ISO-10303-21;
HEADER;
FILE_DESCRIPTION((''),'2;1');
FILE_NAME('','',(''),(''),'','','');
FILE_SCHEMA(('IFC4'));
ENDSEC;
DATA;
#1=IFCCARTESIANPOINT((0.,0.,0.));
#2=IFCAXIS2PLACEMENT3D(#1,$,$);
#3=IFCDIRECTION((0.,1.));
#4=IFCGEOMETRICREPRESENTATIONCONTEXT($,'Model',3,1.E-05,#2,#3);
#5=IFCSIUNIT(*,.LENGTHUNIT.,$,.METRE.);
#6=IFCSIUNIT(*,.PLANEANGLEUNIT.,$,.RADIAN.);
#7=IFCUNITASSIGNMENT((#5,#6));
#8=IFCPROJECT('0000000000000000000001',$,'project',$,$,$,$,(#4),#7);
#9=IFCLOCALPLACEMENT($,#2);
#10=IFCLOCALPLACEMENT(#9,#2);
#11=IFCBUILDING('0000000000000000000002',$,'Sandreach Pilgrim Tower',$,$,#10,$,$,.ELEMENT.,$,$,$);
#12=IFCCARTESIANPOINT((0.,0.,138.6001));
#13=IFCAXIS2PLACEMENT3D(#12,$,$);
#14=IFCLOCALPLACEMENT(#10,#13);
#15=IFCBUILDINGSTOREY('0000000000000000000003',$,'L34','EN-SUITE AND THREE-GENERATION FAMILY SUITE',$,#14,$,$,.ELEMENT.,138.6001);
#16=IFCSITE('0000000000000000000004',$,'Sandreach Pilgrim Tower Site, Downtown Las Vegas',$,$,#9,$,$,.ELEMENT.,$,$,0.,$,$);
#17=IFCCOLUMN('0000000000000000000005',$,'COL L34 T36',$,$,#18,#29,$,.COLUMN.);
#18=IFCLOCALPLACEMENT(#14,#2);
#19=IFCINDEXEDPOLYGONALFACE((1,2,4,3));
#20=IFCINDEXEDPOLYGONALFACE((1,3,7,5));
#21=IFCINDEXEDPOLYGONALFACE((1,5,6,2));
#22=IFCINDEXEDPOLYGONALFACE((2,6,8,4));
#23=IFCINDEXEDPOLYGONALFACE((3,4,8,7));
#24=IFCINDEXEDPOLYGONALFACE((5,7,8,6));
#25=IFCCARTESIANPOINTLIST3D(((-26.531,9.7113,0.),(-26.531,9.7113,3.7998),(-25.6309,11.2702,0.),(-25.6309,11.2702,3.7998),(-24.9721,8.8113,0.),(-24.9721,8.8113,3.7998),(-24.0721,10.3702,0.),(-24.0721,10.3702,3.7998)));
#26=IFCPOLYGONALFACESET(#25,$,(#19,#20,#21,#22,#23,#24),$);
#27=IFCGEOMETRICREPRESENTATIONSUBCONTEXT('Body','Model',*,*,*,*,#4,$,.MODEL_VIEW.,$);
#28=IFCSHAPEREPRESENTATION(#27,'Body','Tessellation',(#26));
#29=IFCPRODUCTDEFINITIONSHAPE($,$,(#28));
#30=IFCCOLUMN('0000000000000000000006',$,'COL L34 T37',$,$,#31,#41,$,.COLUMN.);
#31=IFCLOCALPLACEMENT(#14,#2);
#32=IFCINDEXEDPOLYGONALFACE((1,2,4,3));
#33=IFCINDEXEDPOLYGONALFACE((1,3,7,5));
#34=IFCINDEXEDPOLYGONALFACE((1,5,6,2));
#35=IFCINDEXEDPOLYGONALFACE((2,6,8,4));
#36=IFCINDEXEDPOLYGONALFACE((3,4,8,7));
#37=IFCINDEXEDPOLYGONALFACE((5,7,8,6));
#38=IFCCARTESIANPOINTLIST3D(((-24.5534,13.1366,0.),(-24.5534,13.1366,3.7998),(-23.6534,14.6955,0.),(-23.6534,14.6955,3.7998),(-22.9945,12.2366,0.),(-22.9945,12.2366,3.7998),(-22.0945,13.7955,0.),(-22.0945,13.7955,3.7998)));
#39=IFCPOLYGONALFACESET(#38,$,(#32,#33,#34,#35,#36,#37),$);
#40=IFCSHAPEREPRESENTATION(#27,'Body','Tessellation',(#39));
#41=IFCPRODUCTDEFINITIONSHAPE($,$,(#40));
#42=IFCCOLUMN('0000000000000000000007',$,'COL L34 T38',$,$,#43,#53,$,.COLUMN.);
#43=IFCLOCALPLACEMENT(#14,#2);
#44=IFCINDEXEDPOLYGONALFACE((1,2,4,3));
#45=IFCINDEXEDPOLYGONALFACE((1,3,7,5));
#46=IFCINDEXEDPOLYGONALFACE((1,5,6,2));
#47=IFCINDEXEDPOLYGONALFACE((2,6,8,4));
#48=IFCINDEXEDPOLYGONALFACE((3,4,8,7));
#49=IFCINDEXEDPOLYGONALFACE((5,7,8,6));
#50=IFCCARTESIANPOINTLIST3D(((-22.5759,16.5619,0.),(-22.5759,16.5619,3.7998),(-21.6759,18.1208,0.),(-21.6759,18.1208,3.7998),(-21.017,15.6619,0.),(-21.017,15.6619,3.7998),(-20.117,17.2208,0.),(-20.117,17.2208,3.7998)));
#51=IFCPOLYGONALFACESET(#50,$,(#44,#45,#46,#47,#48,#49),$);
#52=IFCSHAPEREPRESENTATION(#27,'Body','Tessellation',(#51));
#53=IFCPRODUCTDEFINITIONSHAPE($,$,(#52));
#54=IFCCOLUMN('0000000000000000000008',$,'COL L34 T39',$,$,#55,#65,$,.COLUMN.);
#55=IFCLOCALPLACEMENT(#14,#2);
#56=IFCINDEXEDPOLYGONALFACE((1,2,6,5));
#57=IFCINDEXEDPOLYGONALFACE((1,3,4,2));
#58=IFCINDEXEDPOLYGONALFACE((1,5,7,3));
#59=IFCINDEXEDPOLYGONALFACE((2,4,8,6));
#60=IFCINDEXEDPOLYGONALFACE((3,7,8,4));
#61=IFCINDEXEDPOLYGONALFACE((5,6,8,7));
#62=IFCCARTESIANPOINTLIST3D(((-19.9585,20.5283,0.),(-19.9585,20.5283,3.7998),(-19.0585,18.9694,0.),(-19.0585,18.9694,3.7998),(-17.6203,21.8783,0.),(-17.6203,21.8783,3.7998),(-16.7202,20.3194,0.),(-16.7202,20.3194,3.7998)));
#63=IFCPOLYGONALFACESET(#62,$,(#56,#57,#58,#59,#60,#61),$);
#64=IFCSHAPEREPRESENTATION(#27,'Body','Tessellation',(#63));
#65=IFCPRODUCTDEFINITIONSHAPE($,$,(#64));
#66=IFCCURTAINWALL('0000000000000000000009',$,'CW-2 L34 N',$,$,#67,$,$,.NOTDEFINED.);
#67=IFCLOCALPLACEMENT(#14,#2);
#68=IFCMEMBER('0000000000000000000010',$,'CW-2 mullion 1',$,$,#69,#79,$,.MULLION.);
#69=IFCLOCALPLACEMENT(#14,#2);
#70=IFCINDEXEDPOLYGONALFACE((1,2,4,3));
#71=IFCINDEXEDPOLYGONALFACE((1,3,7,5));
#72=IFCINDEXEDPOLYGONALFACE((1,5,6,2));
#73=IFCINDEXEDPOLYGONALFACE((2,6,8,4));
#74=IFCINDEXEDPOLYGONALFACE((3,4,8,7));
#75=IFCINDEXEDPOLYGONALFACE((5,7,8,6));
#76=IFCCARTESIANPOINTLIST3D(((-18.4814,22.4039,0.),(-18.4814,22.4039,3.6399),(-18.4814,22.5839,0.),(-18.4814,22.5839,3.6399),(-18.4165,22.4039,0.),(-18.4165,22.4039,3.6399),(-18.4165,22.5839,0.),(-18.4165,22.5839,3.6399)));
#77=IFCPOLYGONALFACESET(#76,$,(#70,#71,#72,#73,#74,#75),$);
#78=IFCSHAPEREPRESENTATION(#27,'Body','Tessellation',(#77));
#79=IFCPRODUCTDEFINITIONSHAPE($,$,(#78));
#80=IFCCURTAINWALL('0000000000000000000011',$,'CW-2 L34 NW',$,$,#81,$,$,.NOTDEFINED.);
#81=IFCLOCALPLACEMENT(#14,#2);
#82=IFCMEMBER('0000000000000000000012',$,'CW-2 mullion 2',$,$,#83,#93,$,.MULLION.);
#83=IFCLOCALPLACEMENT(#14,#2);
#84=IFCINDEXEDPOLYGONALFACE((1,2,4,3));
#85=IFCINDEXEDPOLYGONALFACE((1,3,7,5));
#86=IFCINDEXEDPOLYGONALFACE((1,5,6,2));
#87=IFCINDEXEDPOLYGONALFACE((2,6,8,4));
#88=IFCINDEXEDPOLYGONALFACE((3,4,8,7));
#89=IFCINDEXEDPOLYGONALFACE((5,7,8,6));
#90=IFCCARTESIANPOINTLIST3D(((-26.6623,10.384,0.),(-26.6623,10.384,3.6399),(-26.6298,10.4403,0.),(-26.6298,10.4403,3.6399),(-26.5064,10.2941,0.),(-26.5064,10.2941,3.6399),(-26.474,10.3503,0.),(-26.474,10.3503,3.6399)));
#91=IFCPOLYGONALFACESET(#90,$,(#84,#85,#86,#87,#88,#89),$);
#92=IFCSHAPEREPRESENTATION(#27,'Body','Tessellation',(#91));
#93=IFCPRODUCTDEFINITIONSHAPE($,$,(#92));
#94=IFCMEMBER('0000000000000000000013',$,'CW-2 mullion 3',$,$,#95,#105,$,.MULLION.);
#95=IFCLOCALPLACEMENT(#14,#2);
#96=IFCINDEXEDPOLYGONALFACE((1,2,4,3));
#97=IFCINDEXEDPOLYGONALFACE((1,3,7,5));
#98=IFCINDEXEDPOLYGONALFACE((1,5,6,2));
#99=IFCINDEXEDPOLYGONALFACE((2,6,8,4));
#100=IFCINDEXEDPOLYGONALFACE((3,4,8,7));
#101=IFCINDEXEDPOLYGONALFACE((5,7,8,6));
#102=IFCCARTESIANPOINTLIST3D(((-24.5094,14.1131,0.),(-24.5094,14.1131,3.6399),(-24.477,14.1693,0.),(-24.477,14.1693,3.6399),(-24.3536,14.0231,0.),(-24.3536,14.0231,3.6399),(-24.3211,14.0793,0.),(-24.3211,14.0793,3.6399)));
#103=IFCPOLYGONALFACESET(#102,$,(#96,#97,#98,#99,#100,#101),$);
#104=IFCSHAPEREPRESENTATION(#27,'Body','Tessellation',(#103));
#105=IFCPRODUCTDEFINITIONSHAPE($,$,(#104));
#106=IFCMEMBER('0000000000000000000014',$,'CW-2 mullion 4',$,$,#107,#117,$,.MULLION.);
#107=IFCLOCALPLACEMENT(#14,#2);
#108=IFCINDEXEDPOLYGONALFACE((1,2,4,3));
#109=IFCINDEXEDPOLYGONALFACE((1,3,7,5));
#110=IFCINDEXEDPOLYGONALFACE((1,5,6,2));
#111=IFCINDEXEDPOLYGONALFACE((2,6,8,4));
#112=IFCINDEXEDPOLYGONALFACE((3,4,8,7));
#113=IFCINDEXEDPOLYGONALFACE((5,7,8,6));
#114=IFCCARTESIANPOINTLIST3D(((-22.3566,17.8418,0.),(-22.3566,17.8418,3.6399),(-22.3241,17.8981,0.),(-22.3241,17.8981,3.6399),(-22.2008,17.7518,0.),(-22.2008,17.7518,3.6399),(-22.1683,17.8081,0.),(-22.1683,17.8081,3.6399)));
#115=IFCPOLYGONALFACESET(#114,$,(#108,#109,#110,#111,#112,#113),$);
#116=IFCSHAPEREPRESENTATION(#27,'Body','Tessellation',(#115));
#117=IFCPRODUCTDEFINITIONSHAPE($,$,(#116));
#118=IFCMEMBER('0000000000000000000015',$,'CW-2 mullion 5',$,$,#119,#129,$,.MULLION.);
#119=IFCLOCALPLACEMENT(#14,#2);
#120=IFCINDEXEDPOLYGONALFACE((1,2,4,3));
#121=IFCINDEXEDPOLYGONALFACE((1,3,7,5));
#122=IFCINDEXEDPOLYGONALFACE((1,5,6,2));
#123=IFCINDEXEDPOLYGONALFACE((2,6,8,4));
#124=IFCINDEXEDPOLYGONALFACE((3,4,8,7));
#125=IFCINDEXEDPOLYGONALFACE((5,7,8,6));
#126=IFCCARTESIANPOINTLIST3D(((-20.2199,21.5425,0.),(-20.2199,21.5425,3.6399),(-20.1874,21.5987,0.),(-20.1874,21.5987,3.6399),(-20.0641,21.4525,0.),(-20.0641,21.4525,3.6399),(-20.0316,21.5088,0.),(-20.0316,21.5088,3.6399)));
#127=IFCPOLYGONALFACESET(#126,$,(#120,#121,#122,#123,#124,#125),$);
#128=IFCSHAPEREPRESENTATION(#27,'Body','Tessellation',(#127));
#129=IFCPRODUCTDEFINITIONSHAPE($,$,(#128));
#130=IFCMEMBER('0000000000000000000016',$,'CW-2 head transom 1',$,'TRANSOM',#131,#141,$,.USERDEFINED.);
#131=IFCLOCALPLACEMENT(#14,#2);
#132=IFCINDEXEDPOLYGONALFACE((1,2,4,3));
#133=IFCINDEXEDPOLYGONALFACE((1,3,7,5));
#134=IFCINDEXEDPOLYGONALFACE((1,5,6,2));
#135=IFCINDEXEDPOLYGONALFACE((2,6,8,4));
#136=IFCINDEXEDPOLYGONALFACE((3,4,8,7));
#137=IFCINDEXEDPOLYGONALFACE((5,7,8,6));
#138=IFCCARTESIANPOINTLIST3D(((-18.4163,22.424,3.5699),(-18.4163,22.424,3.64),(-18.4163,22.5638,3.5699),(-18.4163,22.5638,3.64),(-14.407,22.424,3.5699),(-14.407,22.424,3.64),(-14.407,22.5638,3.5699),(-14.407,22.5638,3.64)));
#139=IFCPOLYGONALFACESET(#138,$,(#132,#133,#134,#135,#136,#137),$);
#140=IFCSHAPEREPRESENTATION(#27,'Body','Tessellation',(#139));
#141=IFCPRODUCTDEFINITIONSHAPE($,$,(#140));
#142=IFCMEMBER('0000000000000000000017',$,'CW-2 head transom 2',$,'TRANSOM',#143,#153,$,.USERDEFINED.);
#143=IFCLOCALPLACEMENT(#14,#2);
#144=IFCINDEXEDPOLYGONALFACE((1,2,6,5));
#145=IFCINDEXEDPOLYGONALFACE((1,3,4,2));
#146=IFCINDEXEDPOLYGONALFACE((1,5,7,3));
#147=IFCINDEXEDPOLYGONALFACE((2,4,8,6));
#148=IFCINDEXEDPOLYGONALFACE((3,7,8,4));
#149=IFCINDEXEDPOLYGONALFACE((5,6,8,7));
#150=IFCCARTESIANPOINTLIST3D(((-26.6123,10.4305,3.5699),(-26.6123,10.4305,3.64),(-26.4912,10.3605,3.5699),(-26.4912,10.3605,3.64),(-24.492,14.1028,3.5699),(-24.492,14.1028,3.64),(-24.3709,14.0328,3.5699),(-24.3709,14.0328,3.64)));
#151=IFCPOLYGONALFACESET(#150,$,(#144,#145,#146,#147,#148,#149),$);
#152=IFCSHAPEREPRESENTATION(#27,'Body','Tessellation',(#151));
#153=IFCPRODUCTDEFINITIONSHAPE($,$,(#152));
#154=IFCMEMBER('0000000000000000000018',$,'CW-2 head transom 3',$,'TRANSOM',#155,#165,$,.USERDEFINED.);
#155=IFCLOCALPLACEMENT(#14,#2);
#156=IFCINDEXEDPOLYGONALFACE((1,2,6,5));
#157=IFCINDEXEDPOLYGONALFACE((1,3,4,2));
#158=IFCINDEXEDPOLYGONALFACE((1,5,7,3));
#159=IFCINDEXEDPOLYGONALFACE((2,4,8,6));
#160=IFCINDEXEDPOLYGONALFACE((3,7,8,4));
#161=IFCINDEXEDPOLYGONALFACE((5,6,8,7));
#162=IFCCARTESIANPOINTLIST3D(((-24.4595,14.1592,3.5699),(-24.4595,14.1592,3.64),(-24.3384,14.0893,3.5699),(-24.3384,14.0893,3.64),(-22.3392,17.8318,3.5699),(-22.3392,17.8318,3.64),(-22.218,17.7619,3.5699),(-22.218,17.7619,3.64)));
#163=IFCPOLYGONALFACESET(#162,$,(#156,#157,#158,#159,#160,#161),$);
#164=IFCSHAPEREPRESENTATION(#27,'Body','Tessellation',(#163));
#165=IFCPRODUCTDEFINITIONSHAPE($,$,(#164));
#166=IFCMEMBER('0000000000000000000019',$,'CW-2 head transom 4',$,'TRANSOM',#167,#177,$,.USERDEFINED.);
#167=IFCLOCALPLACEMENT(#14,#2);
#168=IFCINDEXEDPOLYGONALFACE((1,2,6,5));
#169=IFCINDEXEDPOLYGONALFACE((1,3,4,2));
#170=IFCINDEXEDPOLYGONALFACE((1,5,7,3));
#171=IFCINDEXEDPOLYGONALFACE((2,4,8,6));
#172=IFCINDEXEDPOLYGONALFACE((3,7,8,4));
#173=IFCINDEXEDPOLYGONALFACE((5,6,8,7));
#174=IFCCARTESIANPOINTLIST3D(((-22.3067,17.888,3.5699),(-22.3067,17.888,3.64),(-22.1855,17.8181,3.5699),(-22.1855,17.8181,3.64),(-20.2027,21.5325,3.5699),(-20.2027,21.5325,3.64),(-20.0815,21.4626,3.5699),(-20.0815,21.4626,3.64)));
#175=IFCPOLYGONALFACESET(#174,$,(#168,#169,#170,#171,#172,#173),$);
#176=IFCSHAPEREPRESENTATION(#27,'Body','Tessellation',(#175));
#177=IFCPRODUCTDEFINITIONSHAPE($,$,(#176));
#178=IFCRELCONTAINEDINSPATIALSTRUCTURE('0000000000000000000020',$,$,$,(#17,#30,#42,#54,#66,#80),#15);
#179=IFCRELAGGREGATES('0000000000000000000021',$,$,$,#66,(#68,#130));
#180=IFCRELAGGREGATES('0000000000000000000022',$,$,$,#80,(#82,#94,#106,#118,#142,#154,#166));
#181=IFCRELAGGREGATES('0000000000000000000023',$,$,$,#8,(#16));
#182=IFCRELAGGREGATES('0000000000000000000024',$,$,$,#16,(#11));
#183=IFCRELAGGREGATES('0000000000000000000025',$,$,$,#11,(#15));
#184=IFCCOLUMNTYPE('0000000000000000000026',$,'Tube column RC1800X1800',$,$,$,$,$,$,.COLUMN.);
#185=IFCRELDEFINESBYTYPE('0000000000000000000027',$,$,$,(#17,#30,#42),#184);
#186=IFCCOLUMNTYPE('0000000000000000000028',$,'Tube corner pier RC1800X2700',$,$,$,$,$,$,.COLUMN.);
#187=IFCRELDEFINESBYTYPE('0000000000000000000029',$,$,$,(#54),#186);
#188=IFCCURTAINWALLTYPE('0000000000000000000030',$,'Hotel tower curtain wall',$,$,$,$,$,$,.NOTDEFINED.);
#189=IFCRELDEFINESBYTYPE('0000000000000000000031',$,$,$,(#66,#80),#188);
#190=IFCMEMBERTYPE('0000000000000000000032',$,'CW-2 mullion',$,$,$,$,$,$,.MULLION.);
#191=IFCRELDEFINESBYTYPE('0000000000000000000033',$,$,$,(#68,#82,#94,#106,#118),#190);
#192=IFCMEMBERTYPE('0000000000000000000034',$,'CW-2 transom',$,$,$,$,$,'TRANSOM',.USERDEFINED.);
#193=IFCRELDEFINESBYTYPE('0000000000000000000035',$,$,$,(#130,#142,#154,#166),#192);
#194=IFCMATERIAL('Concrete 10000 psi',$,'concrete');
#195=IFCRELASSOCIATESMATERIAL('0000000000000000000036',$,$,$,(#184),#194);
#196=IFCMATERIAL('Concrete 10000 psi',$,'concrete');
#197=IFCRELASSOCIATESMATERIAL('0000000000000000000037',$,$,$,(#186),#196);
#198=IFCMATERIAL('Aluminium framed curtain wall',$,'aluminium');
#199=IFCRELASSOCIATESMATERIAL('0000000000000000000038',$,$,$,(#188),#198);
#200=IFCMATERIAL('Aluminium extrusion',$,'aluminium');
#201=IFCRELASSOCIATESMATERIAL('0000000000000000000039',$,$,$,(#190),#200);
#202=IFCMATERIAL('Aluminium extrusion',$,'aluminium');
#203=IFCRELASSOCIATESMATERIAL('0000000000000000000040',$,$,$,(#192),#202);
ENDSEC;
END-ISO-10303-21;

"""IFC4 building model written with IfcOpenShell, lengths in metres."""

from ifc_helpers import new_model, si_unit, direction, frame, origin, origin_2d, place, context, subcontext, project, spatial, rectangle, extrude, material, material_profile, profile_set, type_object, element, aggregate, save


model = new_model("IFC4")

# Units and contexts
model_context = context("Model", 3, precision=1e-05, world=origin(), true_north=direction((0.0, 1.0)))
body_context = subcontext(model_context, "Body", "Model", "MODEL_VIEW")
ifc_project = project(units=[si_unit("LENGTHUNIT", "METRE"), si_unit("PLANEANGLEUNIT", "RADIAN")], contexts=[model_context])

# Site, building, storey
site_placement = place(None, origin())
site = spatial("IfcSite", under=ifc_project, at=site_placement, Name="Sandreach Pilgrim Tower Site, Downtown Las Vegas", CompositionType="ELEMENT", RefElevation=0.0)
building_placement = place(site_placement, origin())
building = spatial("IfcBuilding", under=site, at=building_placement, Name="Sandreach Pilgrim Tower", CompositionType="ELEMENT")
storey_placement = place(building_placement, frame((0.0, 0.0, 138.6001)))
storey = spatial("IfcBuildingStorey", under=building, at=storey_placement, Name="L34", Description="EN-SUITE AND THREE-GENERATION FAMILY SUITE", CompositionType="ELEMENT", Elevation=138.6001)

# Columns
ifc_material_1 = material(Name="Concrete 10000 psi", Category="concrete")
ifc_material_profile_1 = material_profile(ifc_material_1, rectangle(XDim=1.8, YDim=1.8, at=origin_2d()), Name="RC1800X1800")
ifc_profile_set_1 = profile_set([ifc_material_profile_1], Name="Concrete 10000 psi")
column_type_1 = type_object("IfcColumnType", Name="Tube column RC1800X1800", PredefinedType="COLUMN", material=ifc_profile_set_1)
for number, where, z_axis, x_axis, name in (
    (1, (-25.3015, 10.0408, 0.0), (0.0, 0.0, 1.0), (-0.866025, 0.5, 0.0), "COL L34 T36"),
    (2, (-23.324, 13.4661, 0.0), (0.0, 0.0, 1.0), (-0.866025, 0.5, 0.0), "COL L34 T37"),
    (3, (-21.3464, 16.8914, 0.0), (0.0, 0.0, 1.0), (-0.866025, 0.5, 0.0), "COL L34 T38"),
):
    element("IfcColumn", number, at=place(storey_placement, frame(where, z_axis=z_axis, x_axis=x_axis)), inside=storey, type_object=column_type_1, Name=name, PredefinedType="COLUMN", context=body_context, shape_type="SweptSolid", body=[
        extrude(rectangle(XDim=1.8, YDim=1.8, at=origin_2d()), origin(), (0.0, 0.0, 1.0), 3.7998),
    ])
ifc_material_2 = material(Name="Concrete 10000 psi", Category="concrete")
ifc_material_profile_2 = material_profile(ifc_material_2, rectangle(XDim=1.8, YDim=2.7, at=origin_2d()), Name="RC1800X2700")
ifc_profile_set_2 = profile_set([ifc_material_profile_2], Name="Concrete 10000 psi")
column_type_2 = type_object("IfcColumnType", Name="Tube corner pier RC1800X2700", PredefinedType="COLUMN", material=ifc_profile_set_2)
column_placement = place(storey_placement, frame((-18.3394, 20.4238, 0.0), z_axis=(0.0, 0.0, 1.0), x_axis=(-0.5, 0.866025, 0.0)))
element("IfcColumn", 4, at=column_placement, inside=storey, type_object=column_type_2, Name="COL L34 T39", PredefinedType="COLUMN", context=body_context, shape_type="SweptSolid", body=[
    extrude(rectangle(XDim=1.8, YDim=2.7, at=origin_2d()), origin(), (0.0, 0.0, 1.0), 3.7998),
])

# Curtain wall, member
ifc_material_3 = material(Name="Aluminium framed curtain wall", Category="aluminium")
curtain_wall_type = type_object("IfcCurtainWallType", Name="Hotel tower curtain wall", PredefinedType="NOTDEFINED", material=ifc_material_3)
curtain_wall_1_placement = place(storey_placement, origin())
curtain_wall_1 = element("IfcCurtainWall", 5, at=curtain_wall_1_placement, inside=storey, type_object=curtain_wall_type, Name="CW-2 L34 N", PredefinedType="NOTDEFINED")
ifc_material_4 = material(Name="Aluminium extrusion", Category="aluminium")
ifc_material_profile_3 = material_profile(ifc_material_4, rectangle(XDim=0.0649, YDim=0.1799, at=origin_2d()), Name="CW-2M 65X180")
ifc_profile_set_3 = profile_set([ifc_material_profile_3], Name="Aluminium extrusion")
member_type_1 = type_object("IfcMemberType", Name="CW-2 mullion", PredefinedType="MULLION", material=ifc_profile_set_3)
member_1_placement = place(storey_placement, frame((-18.449, 22.4939, 0.0), z_axis=(0.0, 0.0, 1.0), x_axis=(1.0, 0.0, 0.0)))
member_1 = element("IfcMember", 6, at=member_1_placement, type_object=member_type_1, Name="CW-2 mullion 1", PredefinedType="MULLION", context=body_context, shape_type="SweptSolid", body=[
    extrude(rectangle(XDim=0.0649, YDim=0.1799, at=origin_2d()), origin(), (0.0, 0.0, 1.0), 3.6399),
])

# Curtain wall, members
curtain_wall_2_placement = place(storey_placement, origin())
curtain_wall_2 = element("IfcCurtainWall", 7, at=curtain_wall_2_placement, inside=storey, type_object=curtain_wall_type, Name="CW-2 L34 NW", PredefinedType="NOTDEFINED")
member_2_placement = place(storey_placement, frame((-26.5681, 10.3672, 0.0), z_axis=(0.0, 0.0, 1.0), x_axis=(0.5, 0.866025, 0.0)))
member_2 = element("IfcMember", 8, at=member_2_placement, type_object=member_type_1, Name="CW-2 mullion 2", PredefinedType="MULLION", context=body_context, shape_type="SweptSolid", body=[
    extrude(rectangle(XDim=0.0649, YDim=0.1799, at=origin_2d()), origin(), (0.0, 0.0, 1.0), 3.6399),
])
member_3_placement = place(storey_placement, frame((-24.4153, 14.0962, 0.0), z_axis=(0.0, 0.0, 1.0), x_axis=(0.5, 0.866025, 0.0)))
member_3 = element("IfcMember", 9, at=member_3_placement, type_object=member_type_1, Name="CW-2 mullion 3", PredefinedType="MULLION", context=body_context, shape_type="SweptSolid", body=[
    extrude(rectangle(XDim=0.0649, YDim=0.1799, at=origin_2d()), origin(), (0.0, 0.0, 1.0), 3.6399),
])
member_4_placement = place(storey_placement, frame((-22.2625, 17.825, 0.0), z_axis=(0.0, 0.0, 1.0), x_axis=(0.5, 0.866025, 0.0)))
member_4 = element("IfcMember", 10, at=member_4_placement, type_object=member_type_1, Name="CW-2 mullion 4", PredefinedType="MULLION", context=body_context, shape_type="SweptSolid", body=[
    extrude(rectangle(XDim=0.0649, YDim=0.1799, at=origin_2d()), origin(), (0.0, 0.0, 1.0), 3.6399),
])
member_5_placement = place(storey_placement, frame((-20.1257, 21.5256, 0.0), z_axis=(0.0, 0.0, 1.0), x_axis=(0.5, 0.866025, 0.0)))
member_5 = element("IfcMember", 11, at=member_5_placement, type_object=member_type_1, Name="CW-2 mullion 5", PredefinedType="MULLION", context=body_context, shape_type="SweptSolid", body=[
    extrude(rectangle(XDim=0.0649, YDim=0.1799, at=origin_2d()), origin(), (0.0, 0.0, 1.0), 3.6399),
])

# Members
ifc_material_5 = material(Name="Aluminium extrusion", Category="aluminium")
ifc_material_profile_4 = material_profile(ifc_material_5, rectangle(XDim=0.1399, YDim=0.0701, at=origin_2d()), Name="CW-2T 140X70")
ifc_profile_set_4 = profile_set([ifc_material_profile_4], Name="Aluminium extrusion")
member_type_2 = type_object("IfcMemberType", Name="CW-2 transom", ElementType="TRANSOM", PredefinedType="USERDEFINED", material=ifc_profile_set_4)
member_6_placement = place(storey_placement, frame((-18.4163, 22.4939, 3.605), z_axis=(1.0, 0.0, 0.0), x_axis=(0.0, 1.0, 0.0)))
member_6 = element("IfcMember", 12, at=member_6_placement, type_object=member_type_2, Name="CW-2 head transom 1", ObjectType="TRANSOM", PredefinedType="USERDEFINED", context=body_context, shape_type="SweptSolid", body=[
    extrude(rectangle(XDim=0.1399, YDim=0.0701, at=origin_2d()), origin(), (0.0, 0.0, 1.0), 4.0093),
])
aggregate(curtain_wall_1, [member_1, member_6])
member_7_placement = place(storey_placement, frame((-26.5518, 10.3955, 3.605), z_axis=(0.500021, 0.866013, 0.0), x_axis=(-0.866013, 0.500021, 0.0)))
member_7 = element("IfcMember", 13, at=member_7_placement, type_object=member_type_2, Name="CW-2 head transom 2", ObjectType="TRANSOM", PredefinedType="USERDEFINED", context=body_context, shape_type="SweptSolid", body=[
    extrude(rectangle(XDim=0.1399, YDim=0.0701, at=origin_2d()), origin(), (0.0, 0.0, 1.0), 4.2405),
])
member_8_placement = place(storey_placement, frame((-24.3989, 14.1243, 3.605), z_axis=(0.499997, 0.866027, 0.0), x_axis=(-0.866027, 0.499997, 0.0)))
member_8 = element("IfcMember", 14, at=member_8_placement, type_object=member_type_2, Name="CW-2 head transom 3", ObjectType="TRANSOM", PredefinedType="USERDEFINED", context=body_context, shape_type="SweptSolid", body=[
    extrude(rectangle(XDim=0.1399, YDim=0.0701, at=origin_2d()), origin(), (0.0, 0.0, 1.0), 4.2407),
])
member_9_placement = place(storey_placement, frame((-22.2461, 17.853, 3.605), z_axis=(0.49997, 0.866043, 0.0), x_axis=(-0.866043, 0.49997, 0.0)))
member_9 = element("IfcMember", 15, at=member_9_placement, type_object=member_type_2, Name="CW-2 head transom 4", ObjectType="TRANSOM", PredefinedType="USERDEFINED", context=body_context, shape_type="SweptSolid", body=[
    extrude(rectangle(XDim=0.1399, YDim=0.0701, at=origin_2d()), origin(), (0.0, 0.0, 1.0), 4.2083),
])

aggregate(curtain_wall_2, [member_2, member_3, member_4, member_5, member_7, member_8, member_9])

save(model, "model.ifc")
